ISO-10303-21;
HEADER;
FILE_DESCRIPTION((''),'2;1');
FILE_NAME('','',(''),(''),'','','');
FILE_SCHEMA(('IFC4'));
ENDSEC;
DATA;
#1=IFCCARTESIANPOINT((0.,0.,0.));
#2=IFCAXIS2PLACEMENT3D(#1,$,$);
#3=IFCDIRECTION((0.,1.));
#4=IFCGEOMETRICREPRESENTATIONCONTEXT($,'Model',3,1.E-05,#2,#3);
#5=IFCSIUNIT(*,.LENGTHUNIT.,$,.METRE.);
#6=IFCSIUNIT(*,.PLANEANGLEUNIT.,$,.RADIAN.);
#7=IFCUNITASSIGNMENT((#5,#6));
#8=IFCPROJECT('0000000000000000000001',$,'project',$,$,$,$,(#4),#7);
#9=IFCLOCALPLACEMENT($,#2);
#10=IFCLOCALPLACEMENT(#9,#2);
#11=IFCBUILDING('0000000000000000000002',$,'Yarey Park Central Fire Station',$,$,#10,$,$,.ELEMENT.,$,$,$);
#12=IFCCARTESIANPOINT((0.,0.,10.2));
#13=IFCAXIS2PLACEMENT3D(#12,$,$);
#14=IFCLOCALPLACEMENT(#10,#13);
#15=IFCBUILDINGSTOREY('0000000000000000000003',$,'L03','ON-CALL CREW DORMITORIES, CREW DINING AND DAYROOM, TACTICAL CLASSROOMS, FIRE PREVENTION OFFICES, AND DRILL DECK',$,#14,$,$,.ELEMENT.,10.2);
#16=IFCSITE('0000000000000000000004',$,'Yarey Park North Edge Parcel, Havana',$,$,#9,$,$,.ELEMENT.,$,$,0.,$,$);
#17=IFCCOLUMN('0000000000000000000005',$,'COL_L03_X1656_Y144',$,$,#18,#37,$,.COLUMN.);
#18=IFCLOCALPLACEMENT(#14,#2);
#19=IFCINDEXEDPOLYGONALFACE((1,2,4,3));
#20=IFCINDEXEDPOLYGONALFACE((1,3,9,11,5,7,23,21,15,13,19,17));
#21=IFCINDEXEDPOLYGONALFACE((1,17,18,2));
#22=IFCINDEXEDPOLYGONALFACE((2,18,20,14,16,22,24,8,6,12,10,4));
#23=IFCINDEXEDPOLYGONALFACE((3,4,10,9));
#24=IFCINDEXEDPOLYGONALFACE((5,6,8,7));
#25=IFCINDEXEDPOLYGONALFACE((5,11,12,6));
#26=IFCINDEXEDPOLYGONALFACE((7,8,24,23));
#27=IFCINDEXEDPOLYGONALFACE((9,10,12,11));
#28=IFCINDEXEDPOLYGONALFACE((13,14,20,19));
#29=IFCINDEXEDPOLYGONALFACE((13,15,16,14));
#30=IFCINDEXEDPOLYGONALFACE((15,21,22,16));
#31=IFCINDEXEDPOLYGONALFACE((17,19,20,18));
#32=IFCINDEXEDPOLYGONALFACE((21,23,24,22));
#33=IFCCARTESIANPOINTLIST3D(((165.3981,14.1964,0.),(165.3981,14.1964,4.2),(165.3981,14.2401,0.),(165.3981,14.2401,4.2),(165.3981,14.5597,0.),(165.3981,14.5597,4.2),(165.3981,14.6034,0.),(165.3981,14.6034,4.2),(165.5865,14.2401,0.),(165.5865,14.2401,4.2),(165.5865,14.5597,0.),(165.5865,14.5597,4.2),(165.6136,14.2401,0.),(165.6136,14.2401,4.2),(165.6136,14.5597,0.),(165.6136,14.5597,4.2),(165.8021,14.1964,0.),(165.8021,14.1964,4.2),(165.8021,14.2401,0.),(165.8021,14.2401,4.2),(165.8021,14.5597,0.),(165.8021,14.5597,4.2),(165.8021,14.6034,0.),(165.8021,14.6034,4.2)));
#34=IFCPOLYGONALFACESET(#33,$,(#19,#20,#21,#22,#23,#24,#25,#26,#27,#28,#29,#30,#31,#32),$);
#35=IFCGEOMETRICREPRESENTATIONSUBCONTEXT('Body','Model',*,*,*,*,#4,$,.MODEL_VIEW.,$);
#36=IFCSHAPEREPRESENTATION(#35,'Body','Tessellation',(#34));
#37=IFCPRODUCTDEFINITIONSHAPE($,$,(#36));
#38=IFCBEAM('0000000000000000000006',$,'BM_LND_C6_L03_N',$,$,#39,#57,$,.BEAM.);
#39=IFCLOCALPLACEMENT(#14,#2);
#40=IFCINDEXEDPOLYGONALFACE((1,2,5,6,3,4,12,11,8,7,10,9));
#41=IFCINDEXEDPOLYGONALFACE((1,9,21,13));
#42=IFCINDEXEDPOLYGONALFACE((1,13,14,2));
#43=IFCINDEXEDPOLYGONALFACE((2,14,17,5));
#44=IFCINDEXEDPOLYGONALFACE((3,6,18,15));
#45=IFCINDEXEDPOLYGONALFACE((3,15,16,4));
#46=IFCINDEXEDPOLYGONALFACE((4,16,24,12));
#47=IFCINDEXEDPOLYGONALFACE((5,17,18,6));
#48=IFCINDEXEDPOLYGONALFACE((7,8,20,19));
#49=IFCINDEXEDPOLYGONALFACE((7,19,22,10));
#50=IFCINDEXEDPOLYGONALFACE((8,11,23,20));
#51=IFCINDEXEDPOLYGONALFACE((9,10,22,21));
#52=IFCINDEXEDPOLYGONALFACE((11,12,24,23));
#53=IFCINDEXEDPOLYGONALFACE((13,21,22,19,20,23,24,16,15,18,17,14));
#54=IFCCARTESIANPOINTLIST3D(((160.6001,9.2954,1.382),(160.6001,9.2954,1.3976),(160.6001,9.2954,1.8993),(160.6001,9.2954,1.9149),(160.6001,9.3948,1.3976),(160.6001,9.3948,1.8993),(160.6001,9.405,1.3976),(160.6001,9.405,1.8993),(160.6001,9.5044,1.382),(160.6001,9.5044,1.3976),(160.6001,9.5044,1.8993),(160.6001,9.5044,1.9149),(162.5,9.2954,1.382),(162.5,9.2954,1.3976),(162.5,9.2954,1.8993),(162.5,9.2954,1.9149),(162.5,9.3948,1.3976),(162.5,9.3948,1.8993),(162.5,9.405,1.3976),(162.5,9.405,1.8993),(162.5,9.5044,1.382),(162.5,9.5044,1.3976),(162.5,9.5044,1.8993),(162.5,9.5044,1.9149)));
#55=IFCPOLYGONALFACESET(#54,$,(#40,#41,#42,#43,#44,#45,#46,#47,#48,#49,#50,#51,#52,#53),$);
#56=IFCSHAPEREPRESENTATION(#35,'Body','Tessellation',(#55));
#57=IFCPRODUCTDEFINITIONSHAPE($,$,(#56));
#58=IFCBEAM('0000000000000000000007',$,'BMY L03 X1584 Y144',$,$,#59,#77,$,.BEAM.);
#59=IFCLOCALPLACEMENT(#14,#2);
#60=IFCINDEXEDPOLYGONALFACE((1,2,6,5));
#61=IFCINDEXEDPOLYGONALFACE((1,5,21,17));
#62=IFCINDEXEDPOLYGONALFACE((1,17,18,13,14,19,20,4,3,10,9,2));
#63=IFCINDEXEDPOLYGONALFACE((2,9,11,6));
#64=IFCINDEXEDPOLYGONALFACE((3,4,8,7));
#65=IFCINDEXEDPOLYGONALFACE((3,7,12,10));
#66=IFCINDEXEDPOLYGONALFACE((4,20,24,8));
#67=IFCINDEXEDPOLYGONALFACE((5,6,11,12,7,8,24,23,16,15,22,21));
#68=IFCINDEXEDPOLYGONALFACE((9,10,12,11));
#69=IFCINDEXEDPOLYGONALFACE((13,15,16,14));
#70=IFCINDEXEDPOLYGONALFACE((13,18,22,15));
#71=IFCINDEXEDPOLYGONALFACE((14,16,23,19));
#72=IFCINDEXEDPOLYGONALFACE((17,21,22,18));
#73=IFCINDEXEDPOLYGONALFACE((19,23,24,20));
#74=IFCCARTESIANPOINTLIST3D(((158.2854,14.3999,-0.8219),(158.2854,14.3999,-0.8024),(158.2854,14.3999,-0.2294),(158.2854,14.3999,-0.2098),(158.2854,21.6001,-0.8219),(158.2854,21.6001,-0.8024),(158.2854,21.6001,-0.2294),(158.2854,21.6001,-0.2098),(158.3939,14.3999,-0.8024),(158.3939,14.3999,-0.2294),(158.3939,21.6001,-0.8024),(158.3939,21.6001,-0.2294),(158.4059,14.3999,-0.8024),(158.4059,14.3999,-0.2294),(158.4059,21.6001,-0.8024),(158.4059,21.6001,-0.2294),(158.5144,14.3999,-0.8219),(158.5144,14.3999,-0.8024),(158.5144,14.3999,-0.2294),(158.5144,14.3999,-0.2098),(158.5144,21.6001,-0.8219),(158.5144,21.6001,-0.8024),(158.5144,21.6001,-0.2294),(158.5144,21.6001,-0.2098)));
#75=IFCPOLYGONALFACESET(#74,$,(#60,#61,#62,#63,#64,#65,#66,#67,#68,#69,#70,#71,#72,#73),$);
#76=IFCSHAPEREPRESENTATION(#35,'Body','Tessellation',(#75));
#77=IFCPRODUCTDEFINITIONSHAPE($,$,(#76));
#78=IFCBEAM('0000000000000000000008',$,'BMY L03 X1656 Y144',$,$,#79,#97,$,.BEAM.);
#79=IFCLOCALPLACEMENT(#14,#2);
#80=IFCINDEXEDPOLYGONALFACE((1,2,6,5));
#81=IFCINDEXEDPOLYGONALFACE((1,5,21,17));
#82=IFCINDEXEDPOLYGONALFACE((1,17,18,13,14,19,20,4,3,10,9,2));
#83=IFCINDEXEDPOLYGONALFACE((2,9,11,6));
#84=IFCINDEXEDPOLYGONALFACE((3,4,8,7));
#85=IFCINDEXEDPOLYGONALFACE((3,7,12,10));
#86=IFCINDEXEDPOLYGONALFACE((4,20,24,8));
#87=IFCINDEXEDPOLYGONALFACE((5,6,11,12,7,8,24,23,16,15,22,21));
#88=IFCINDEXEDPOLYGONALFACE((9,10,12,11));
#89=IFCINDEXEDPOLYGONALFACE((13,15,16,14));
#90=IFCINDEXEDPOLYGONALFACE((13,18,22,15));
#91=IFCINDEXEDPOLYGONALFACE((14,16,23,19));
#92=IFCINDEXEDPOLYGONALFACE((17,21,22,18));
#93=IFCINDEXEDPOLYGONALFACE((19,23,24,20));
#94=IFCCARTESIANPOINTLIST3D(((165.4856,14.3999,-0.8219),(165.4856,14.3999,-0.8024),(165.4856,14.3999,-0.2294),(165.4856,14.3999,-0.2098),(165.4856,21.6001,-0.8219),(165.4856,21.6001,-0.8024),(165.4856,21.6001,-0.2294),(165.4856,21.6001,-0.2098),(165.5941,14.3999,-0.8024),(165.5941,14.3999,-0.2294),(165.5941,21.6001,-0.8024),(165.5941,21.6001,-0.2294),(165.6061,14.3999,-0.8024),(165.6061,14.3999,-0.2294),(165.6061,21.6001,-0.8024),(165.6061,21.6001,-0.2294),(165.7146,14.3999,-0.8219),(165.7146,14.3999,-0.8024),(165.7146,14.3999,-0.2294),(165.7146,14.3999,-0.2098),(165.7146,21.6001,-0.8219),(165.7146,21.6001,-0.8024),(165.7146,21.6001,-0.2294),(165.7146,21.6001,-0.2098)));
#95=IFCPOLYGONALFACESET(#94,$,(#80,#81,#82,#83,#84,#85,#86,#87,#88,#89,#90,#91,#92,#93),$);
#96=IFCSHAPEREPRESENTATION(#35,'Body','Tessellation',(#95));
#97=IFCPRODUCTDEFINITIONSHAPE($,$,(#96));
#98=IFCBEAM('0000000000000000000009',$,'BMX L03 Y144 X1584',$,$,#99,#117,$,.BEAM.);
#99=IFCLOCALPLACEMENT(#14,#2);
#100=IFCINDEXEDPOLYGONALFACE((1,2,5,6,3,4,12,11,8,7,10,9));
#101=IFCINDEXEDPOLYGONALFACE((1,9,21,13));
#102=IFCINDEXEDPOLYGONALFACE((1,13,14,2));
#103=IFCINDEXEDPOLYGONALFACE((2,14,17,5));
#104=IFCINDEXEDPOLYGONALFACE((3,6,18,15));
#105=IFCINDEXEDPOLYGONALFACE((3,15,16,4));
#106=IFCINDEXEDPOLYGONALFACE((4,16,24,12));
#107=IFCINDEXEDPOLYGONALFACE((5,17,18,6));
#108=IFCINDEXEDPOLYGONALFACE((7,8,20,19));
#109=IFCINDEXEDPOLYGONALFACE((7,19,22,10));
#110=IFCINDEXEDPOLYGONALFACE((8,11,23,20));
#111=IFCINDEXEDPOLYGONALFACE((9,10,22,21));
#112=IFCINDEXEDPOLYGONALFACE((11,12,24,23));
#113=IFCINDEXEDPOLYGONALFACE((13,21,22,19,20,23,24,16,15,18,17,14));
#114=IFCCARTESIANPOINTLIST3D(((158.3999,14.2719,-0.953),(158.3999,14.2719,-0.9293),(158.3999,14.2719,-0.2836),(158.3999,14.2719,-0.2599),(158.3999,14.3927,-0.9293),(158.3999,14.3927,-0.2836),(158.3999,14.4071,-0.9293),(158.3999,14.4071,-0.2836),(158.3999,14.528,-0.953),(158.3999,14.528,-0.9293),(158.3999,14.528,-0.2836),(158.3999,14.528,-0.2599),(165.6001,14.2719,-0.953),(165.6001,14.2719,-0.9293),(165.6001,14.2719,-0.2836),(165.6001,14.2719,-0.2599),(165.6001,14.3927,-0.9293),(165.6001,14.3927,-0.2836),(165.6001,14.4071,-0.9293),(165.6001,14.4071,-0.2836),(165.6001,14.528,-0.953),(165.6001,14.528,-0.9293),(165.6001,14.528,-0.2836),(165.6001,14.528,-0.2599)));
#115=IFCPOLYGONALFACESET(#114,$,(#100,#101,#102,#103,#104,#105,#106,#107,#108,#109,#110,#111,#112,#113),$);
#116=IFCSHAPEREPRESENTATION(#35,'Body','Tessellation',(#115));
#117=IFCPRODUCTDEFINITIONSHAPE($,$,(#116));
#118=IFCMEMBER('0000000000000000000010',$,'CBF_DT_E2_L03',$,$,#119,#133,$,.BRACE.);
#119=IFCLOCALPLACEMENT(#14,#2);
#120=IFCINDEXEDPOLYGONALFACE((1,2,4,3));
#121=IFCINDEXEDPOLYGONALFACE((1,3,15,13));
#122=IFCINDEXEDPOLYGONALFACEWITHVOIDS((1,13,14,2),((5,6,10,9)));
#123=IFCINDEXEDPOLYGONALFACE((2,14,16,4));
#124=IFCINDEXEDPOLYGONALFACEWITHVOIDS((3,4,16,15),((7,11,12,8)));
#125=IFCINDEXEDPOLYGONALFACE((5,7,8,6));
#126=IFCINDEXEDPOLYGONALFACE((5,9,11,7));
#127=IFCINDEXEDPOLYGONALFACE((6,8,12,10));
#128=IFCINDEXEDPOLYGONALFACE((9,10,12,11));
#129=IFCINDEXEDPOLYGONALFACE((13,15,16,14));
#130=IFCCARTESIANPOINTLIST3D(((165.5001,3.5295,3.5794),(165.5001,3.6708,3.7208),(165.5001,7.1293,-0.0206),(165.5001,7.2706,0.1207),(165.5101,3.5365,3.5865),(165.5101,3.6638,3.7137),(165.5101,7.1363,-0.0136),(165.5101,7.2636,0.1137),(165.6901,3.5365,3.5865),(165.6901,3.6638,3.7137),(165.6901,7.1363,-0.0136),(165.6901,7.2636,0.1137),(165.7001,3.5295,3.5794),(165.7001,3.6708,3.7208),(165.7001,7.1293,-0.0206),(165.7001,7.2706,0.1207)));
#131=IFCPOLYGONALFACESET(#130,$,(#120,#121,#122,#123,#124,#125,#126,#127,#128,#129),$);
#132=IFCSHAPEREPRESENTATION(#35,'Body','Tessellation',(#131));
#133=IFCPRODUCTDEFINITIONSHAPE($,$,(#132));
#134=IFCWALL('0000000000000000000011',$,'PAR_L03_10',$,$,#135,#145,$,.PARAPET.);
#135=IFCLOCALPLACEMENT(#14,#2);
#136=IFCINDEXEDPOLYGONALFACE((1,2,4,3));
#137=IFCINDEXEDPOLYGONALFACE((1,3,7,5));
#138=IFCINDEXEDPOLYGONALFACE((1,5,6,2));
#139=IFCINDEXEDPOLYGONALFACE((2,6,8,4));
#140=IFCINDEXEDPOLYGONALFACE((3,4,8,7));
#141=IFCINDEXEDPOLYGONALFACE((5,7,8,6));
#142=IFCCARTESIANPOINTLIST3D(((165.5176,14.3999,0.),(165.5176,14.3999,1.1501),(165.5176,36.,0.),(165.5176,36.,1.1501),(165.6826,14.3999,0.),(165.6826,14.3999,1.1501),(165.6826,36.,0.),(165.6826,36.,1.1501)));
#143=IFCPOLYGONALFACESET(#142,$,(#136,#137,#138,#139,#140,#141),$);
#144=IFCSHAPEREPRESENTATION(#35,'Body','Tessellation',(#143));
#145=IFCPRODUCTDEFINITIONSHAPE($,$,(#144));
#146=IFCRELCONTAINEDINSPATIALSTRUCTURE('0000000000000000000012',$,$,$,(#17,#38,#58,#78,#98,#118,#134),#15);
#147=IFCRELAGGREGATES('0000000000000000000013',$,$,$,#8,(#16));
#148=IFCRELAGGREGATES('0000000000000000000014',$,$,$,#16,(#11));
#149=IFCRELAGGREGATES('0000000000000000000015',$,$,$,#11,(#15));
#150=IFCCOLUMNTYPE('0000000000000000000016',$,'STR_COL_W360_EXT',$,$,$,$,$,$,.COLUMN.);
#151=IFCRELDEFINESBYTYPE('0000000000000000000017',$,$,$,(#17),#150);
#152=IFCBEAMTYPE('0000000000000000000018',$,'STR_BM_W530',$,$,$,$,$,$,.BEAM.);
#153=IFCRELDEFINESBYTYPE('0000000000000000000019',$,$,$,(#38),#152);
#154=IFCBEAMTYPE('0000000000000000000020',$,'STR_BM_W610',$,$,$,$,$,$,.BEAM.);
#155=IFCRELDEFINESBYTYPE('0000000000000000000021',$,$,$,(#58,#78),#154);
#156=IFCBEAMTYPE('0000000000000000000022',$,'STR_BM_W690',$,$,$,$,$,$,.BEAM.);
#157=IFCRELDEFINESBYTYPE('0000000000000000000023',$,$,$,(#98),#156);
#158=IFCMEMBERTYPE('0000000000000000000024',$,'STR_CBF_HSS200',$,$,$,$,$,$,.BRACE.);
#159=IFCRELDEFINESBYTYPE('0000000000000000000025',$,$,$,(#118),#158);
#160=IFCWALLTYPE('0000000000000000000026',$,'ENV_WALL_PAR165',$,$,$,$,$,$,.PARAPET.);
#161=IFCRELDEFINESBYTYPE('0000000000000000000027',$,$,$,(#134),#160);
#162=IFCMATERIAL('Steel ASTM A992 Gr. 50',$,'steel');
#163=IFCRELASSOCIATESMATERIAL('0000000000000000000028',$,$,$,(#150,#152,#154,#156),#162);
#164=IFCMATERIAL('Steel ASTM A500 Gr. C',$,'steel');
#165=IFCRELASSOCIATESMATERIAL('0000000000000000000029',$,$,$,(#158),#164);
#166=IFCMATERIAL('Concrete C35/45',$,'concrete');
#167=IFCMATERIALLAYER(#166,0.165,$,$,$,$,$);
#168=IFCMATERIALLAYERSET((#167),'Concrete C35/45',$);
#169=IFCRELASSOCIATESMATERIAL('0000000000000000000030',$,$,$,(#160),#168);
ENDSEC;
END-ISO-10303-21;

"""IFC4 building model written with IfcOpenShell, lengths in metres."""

from ifc_helpers import new_model, si_unit, direction, frame, frame_2d, origin, origin_2d, place, context, subcontext, project, spatial, rectangle, hollow_rectangle, i_section, extrude, material, layer, layer_set, material_profile, profile_set, type_object, element, save


model = new_model("IFC4")

# Units and contexts
model_context = context("Model", 3, precision=1e-05, world=origin(), true_north=direction((0.0, 1.0)))
body_context = subcontext(model_context, "Body", "Model", "MODEL_VIEW")
ifc_project = project(units=[si_unit("LENGTHUNIT", "METRE"), si_unit("PLANEANGLEUNIT", "RADIAN")], contexts=[model_context])

# Site, building, storey
site_placement = place(None, origin())
site = spatial("IfcSite", under=ifc_project, at=site_placement, Name="Yarey Park North Edge Parcel, Havana", CompositionType="ELEMENT", RefElevation=0.0)
building_placement = place(site_placement, origin())
building = spatial("IfcBuilding", under=site, at=building_placement, Name="Yarey Park Central Fire Station", CompositionType="ELEMENT")
storey_placement = place(building_placement, frame((0.0, 0.0, 10.2)))
storey = spatial("IfcBuildingStorey", under=building, at=storey_placement, Name="L03", Description="ON-CALL CREW DORMITORIES, CREW DINING AND DAYROOM, TACTICAL CLASSROOMS, FIRE PREVENTION OFFICES, AND DRILL DECK", CompositionType="ELEMENT", Elevation=10.2)

# Column
ifc_material_1 = material(Name="Steel ASTM A992 Gr. 50", Category="steel")
ifc_material_profile_1 = material_profile(ifc_material_1, i_section(OverallWidth=0.4041, OverallDepth=0.407, WebThickness=0.0271, FlangeThickness=0.0437, at=origin_2d()), Name="W360x347")
ifc_profile_set_1 = profile_set([ifc_material_profile_1], Name="Steel ASTM A992 Gr. 50")
column_type = type_object("IfcColumnType", Name="STR_COL_W360_EXT", PredefinedType="COLUMN", material=ifc_profile_set_1)
column_placement = place(storey_placement, frame((165.6001, 14.3999, 0.0), z_axis=(0.0, 0.0, 1.0), x_axis=(1.0, 0.0, 0.0)))
element("IfcColumn", 1, at=column_placement, inside=storey, type_object=column_type, Name="COL_L03_X1656_Y144", PredefinedType="COLUMN", context=body_context, shape_type="SweptSolid", body=[
    extrude(i_section(OverallWidth=0.4041, OverallDepth=0.407, WebThickness=0.0271, FlangeThickness=0.0437, at=origin_2d()), origin(), (0.0, 0.0, 1.0), 4.2),
])

# Beams
ifc_material_profile_2 = material_profile(ifc_material_1, i_section(OverallWidth=0.209, OverallDepth=0.533, WebThickness=0.0103, FlangeThickness=0.0156, at=origin_2d()), Name="W530x92")
ifc_profile_set_2 = profile_set([ifc_material_profile_2], Name="Steel ASTM A992 Gr. 50")
beam_type_1 = type_object("IfcBeamType", Name="STR_BM_W530", PredefinedType="BEAM", material=ifc_profile_set_2)
beam_1_placement = place(storey_placement, frame((160.6001, 9.3999, 1.6484), z_axis=(1.0, 0.0, 0.0), x_axis=(0.0, 1.0, 0.0)))
element("IfcBeam", 2, at=beam_1_placement, inside=storey, type_object=beam_type_1, Name="BM_LND_C6_L03_N", PredefinedType="BEAM", context=body_context, shape_type="SweptSolid", body=[
    extrude(i_section(OverallWidth=0.209, OverallDepth=0.533, WebThickness=0.0103, FlangeThickness=0.0156, at=origin_2d()), origin(), (0.0, 0.0, 1.0), 1.8999),
])
ifc_material_profile_3 = material_profile(ifc_material_1, i_section(OverallWidth=0.229, OverallDepth=0.6121, WebThickness=0.012, FlangeThickness=0.0195, at=origin_2d()), Name="W610x125")
ifc_profile_set_3 = profile_set([ifc_material_profile_3], Name="Steel ASTM A992 Gr. 50")
beam_type_2 = type_object("IfcBeamType", Name="STR_BM_W610", PredefinedType="BEAM", material=ifc_profile_set_3)
for number, where, z_axis, x_axis, name in (
    (3, (158.3999, 14.3999, -0.5159), (0.0, 1.0, 0.0), (-1.0, 0.0, 0.0), "BMY L03 X1584 Y144"),
    (4, (165.6001, 14.3999, -0.5159), (0.0, 1.0, 0.0), (-1.0, 0.0, 0.0), "BMY L03 X1656 Y144"),
):
    element("IfcBeam", number, at=place(storey_placement, frame(where, z_axis=z_axis, x_axis=x_axis)), inside=storey, type_object=beam_type_2, Name=name, PredefinedType="BEAM", context=body_context, shape_type="SweptSolid", body=[
        extrude(i_section(OverallWidth=0.229, OverallDepth=0.6121, WebThickness=0.012, FlangeThickness=0.0195, at=origin_2d()), origin(), (0.0, 0.0, 1.0), 7.2002),
    ])
ifc_material_profile_4 = material_profile(ifc_material_1, i_section(OverallWidth=0.2561, OverallDepth=0.6931, WebThickness=0.0144, FlangeThickness=0.0237, at=origin_2d()), Name="W690x170")
ifc_profile_set_4 = profile_set([ifc_material_profile_4], Name="Steel ASTM A992 Gr. 50")
beam_type_3 = type_object("IfcBeamType", Name="STR_BM_W690", PredefinedType="BEAM", material=ifc_profile_set_4)
beam_2_placement = place(storey_placement, frame((158.3999, 14.3999, -0.6064), z_axis=(1.0, 0.0, 0.0), x_axis=(0.0, 1.0, 0.0)))
element("IfcBeam", 5, at=beam_2_placement, inside=storey, type_object=beam_type_3, Name="BMX L03 Y144 X1584", PredefinedType="BEAM", context=body_context, shape_type="SweptSolid", body=[
    extrude(i_section(OverallWidth=0.2561, OverallDepth=0.6931, WebThickness=0.0144, FlangeThickness=0.0237, at=origin_2d()), origin(), (0.0, 0.0, 1.0), 7.2002),
])

# Member
ifc_material_2 = material(Name="Steel ASTM A500 Gr. C", Category="steel")
ifc_material_profile_5 = material_profile(ifc_material_2, hollow_rectangle(XDim=0.2, YDim=0.2, WallThickness=0.01, at=origin_2d()), Name="HSS 200x200x10")
ifc_profile_set_5 = profile_set([ifc_material_profile_5], Name="Steel ASTM A500 Gr. C")
member_type = type_object("IfcMemberType", Name="STR_CBF_HSS200", PredefinedType="BRACE", material=ifc_profile_set_5)
member_placement = place(storey_placement, frame((165.6001, 7.2, 0.05), z_axis=(0.0, -0.707083, 0.707131), x_axis=(1.0, 0.0, 0.0)))
element("IfcMember", 6, at=member_placement, inside=storey, type_object=member_type, Name="CBF_DT_E2_L03", PredefinedType="BRACE", context=body_context, shape_type="SweptSolid", body=[
    extrude(hollow_rectangle(XDim=0.2, YDim=0.2, WallThickness=0.01, at=origin_2d()), origin(), (0.0, 0.0, 1.0), 5.0911),
])

# Wall
ifc_material_3 = material(Name="Concrete C35/45", Category="concrete")
ifc_layer_1 = layer(ifc_material_3, 0.165)
ifc_layer_set_1 = layer_set([ifc_layer_1], Name="Concrete C35/45")
wall_type_1 = type_object("IfcWallType", Name="ENV_WALL_PAR165", PredefinedType="PARAPET", material=ifc_layer_set_1)
wall_1_placement = place(storey_placement, frame((165.6001, 14.3999, 0.0), z_axis=(0.0, 0.0, 1.0), x_axis=(0.0, 1.0, 0.0)))
element("IfcWall", 7, at=wall_1_placement, inside=storey, type_object=wall_type_1, Name="PAR_L03_10", PredefinedType="PARAPET", context=body_context, shape_type="SweptSolid", body=[
    extrude(rectangle(XDim=21.6001, YDim=0.165, at=frame_2d((10.8, 0.0))), origin(), (0.0, 0.0, 1.0), 1.1501),
])

save(model, "model.ifc")
